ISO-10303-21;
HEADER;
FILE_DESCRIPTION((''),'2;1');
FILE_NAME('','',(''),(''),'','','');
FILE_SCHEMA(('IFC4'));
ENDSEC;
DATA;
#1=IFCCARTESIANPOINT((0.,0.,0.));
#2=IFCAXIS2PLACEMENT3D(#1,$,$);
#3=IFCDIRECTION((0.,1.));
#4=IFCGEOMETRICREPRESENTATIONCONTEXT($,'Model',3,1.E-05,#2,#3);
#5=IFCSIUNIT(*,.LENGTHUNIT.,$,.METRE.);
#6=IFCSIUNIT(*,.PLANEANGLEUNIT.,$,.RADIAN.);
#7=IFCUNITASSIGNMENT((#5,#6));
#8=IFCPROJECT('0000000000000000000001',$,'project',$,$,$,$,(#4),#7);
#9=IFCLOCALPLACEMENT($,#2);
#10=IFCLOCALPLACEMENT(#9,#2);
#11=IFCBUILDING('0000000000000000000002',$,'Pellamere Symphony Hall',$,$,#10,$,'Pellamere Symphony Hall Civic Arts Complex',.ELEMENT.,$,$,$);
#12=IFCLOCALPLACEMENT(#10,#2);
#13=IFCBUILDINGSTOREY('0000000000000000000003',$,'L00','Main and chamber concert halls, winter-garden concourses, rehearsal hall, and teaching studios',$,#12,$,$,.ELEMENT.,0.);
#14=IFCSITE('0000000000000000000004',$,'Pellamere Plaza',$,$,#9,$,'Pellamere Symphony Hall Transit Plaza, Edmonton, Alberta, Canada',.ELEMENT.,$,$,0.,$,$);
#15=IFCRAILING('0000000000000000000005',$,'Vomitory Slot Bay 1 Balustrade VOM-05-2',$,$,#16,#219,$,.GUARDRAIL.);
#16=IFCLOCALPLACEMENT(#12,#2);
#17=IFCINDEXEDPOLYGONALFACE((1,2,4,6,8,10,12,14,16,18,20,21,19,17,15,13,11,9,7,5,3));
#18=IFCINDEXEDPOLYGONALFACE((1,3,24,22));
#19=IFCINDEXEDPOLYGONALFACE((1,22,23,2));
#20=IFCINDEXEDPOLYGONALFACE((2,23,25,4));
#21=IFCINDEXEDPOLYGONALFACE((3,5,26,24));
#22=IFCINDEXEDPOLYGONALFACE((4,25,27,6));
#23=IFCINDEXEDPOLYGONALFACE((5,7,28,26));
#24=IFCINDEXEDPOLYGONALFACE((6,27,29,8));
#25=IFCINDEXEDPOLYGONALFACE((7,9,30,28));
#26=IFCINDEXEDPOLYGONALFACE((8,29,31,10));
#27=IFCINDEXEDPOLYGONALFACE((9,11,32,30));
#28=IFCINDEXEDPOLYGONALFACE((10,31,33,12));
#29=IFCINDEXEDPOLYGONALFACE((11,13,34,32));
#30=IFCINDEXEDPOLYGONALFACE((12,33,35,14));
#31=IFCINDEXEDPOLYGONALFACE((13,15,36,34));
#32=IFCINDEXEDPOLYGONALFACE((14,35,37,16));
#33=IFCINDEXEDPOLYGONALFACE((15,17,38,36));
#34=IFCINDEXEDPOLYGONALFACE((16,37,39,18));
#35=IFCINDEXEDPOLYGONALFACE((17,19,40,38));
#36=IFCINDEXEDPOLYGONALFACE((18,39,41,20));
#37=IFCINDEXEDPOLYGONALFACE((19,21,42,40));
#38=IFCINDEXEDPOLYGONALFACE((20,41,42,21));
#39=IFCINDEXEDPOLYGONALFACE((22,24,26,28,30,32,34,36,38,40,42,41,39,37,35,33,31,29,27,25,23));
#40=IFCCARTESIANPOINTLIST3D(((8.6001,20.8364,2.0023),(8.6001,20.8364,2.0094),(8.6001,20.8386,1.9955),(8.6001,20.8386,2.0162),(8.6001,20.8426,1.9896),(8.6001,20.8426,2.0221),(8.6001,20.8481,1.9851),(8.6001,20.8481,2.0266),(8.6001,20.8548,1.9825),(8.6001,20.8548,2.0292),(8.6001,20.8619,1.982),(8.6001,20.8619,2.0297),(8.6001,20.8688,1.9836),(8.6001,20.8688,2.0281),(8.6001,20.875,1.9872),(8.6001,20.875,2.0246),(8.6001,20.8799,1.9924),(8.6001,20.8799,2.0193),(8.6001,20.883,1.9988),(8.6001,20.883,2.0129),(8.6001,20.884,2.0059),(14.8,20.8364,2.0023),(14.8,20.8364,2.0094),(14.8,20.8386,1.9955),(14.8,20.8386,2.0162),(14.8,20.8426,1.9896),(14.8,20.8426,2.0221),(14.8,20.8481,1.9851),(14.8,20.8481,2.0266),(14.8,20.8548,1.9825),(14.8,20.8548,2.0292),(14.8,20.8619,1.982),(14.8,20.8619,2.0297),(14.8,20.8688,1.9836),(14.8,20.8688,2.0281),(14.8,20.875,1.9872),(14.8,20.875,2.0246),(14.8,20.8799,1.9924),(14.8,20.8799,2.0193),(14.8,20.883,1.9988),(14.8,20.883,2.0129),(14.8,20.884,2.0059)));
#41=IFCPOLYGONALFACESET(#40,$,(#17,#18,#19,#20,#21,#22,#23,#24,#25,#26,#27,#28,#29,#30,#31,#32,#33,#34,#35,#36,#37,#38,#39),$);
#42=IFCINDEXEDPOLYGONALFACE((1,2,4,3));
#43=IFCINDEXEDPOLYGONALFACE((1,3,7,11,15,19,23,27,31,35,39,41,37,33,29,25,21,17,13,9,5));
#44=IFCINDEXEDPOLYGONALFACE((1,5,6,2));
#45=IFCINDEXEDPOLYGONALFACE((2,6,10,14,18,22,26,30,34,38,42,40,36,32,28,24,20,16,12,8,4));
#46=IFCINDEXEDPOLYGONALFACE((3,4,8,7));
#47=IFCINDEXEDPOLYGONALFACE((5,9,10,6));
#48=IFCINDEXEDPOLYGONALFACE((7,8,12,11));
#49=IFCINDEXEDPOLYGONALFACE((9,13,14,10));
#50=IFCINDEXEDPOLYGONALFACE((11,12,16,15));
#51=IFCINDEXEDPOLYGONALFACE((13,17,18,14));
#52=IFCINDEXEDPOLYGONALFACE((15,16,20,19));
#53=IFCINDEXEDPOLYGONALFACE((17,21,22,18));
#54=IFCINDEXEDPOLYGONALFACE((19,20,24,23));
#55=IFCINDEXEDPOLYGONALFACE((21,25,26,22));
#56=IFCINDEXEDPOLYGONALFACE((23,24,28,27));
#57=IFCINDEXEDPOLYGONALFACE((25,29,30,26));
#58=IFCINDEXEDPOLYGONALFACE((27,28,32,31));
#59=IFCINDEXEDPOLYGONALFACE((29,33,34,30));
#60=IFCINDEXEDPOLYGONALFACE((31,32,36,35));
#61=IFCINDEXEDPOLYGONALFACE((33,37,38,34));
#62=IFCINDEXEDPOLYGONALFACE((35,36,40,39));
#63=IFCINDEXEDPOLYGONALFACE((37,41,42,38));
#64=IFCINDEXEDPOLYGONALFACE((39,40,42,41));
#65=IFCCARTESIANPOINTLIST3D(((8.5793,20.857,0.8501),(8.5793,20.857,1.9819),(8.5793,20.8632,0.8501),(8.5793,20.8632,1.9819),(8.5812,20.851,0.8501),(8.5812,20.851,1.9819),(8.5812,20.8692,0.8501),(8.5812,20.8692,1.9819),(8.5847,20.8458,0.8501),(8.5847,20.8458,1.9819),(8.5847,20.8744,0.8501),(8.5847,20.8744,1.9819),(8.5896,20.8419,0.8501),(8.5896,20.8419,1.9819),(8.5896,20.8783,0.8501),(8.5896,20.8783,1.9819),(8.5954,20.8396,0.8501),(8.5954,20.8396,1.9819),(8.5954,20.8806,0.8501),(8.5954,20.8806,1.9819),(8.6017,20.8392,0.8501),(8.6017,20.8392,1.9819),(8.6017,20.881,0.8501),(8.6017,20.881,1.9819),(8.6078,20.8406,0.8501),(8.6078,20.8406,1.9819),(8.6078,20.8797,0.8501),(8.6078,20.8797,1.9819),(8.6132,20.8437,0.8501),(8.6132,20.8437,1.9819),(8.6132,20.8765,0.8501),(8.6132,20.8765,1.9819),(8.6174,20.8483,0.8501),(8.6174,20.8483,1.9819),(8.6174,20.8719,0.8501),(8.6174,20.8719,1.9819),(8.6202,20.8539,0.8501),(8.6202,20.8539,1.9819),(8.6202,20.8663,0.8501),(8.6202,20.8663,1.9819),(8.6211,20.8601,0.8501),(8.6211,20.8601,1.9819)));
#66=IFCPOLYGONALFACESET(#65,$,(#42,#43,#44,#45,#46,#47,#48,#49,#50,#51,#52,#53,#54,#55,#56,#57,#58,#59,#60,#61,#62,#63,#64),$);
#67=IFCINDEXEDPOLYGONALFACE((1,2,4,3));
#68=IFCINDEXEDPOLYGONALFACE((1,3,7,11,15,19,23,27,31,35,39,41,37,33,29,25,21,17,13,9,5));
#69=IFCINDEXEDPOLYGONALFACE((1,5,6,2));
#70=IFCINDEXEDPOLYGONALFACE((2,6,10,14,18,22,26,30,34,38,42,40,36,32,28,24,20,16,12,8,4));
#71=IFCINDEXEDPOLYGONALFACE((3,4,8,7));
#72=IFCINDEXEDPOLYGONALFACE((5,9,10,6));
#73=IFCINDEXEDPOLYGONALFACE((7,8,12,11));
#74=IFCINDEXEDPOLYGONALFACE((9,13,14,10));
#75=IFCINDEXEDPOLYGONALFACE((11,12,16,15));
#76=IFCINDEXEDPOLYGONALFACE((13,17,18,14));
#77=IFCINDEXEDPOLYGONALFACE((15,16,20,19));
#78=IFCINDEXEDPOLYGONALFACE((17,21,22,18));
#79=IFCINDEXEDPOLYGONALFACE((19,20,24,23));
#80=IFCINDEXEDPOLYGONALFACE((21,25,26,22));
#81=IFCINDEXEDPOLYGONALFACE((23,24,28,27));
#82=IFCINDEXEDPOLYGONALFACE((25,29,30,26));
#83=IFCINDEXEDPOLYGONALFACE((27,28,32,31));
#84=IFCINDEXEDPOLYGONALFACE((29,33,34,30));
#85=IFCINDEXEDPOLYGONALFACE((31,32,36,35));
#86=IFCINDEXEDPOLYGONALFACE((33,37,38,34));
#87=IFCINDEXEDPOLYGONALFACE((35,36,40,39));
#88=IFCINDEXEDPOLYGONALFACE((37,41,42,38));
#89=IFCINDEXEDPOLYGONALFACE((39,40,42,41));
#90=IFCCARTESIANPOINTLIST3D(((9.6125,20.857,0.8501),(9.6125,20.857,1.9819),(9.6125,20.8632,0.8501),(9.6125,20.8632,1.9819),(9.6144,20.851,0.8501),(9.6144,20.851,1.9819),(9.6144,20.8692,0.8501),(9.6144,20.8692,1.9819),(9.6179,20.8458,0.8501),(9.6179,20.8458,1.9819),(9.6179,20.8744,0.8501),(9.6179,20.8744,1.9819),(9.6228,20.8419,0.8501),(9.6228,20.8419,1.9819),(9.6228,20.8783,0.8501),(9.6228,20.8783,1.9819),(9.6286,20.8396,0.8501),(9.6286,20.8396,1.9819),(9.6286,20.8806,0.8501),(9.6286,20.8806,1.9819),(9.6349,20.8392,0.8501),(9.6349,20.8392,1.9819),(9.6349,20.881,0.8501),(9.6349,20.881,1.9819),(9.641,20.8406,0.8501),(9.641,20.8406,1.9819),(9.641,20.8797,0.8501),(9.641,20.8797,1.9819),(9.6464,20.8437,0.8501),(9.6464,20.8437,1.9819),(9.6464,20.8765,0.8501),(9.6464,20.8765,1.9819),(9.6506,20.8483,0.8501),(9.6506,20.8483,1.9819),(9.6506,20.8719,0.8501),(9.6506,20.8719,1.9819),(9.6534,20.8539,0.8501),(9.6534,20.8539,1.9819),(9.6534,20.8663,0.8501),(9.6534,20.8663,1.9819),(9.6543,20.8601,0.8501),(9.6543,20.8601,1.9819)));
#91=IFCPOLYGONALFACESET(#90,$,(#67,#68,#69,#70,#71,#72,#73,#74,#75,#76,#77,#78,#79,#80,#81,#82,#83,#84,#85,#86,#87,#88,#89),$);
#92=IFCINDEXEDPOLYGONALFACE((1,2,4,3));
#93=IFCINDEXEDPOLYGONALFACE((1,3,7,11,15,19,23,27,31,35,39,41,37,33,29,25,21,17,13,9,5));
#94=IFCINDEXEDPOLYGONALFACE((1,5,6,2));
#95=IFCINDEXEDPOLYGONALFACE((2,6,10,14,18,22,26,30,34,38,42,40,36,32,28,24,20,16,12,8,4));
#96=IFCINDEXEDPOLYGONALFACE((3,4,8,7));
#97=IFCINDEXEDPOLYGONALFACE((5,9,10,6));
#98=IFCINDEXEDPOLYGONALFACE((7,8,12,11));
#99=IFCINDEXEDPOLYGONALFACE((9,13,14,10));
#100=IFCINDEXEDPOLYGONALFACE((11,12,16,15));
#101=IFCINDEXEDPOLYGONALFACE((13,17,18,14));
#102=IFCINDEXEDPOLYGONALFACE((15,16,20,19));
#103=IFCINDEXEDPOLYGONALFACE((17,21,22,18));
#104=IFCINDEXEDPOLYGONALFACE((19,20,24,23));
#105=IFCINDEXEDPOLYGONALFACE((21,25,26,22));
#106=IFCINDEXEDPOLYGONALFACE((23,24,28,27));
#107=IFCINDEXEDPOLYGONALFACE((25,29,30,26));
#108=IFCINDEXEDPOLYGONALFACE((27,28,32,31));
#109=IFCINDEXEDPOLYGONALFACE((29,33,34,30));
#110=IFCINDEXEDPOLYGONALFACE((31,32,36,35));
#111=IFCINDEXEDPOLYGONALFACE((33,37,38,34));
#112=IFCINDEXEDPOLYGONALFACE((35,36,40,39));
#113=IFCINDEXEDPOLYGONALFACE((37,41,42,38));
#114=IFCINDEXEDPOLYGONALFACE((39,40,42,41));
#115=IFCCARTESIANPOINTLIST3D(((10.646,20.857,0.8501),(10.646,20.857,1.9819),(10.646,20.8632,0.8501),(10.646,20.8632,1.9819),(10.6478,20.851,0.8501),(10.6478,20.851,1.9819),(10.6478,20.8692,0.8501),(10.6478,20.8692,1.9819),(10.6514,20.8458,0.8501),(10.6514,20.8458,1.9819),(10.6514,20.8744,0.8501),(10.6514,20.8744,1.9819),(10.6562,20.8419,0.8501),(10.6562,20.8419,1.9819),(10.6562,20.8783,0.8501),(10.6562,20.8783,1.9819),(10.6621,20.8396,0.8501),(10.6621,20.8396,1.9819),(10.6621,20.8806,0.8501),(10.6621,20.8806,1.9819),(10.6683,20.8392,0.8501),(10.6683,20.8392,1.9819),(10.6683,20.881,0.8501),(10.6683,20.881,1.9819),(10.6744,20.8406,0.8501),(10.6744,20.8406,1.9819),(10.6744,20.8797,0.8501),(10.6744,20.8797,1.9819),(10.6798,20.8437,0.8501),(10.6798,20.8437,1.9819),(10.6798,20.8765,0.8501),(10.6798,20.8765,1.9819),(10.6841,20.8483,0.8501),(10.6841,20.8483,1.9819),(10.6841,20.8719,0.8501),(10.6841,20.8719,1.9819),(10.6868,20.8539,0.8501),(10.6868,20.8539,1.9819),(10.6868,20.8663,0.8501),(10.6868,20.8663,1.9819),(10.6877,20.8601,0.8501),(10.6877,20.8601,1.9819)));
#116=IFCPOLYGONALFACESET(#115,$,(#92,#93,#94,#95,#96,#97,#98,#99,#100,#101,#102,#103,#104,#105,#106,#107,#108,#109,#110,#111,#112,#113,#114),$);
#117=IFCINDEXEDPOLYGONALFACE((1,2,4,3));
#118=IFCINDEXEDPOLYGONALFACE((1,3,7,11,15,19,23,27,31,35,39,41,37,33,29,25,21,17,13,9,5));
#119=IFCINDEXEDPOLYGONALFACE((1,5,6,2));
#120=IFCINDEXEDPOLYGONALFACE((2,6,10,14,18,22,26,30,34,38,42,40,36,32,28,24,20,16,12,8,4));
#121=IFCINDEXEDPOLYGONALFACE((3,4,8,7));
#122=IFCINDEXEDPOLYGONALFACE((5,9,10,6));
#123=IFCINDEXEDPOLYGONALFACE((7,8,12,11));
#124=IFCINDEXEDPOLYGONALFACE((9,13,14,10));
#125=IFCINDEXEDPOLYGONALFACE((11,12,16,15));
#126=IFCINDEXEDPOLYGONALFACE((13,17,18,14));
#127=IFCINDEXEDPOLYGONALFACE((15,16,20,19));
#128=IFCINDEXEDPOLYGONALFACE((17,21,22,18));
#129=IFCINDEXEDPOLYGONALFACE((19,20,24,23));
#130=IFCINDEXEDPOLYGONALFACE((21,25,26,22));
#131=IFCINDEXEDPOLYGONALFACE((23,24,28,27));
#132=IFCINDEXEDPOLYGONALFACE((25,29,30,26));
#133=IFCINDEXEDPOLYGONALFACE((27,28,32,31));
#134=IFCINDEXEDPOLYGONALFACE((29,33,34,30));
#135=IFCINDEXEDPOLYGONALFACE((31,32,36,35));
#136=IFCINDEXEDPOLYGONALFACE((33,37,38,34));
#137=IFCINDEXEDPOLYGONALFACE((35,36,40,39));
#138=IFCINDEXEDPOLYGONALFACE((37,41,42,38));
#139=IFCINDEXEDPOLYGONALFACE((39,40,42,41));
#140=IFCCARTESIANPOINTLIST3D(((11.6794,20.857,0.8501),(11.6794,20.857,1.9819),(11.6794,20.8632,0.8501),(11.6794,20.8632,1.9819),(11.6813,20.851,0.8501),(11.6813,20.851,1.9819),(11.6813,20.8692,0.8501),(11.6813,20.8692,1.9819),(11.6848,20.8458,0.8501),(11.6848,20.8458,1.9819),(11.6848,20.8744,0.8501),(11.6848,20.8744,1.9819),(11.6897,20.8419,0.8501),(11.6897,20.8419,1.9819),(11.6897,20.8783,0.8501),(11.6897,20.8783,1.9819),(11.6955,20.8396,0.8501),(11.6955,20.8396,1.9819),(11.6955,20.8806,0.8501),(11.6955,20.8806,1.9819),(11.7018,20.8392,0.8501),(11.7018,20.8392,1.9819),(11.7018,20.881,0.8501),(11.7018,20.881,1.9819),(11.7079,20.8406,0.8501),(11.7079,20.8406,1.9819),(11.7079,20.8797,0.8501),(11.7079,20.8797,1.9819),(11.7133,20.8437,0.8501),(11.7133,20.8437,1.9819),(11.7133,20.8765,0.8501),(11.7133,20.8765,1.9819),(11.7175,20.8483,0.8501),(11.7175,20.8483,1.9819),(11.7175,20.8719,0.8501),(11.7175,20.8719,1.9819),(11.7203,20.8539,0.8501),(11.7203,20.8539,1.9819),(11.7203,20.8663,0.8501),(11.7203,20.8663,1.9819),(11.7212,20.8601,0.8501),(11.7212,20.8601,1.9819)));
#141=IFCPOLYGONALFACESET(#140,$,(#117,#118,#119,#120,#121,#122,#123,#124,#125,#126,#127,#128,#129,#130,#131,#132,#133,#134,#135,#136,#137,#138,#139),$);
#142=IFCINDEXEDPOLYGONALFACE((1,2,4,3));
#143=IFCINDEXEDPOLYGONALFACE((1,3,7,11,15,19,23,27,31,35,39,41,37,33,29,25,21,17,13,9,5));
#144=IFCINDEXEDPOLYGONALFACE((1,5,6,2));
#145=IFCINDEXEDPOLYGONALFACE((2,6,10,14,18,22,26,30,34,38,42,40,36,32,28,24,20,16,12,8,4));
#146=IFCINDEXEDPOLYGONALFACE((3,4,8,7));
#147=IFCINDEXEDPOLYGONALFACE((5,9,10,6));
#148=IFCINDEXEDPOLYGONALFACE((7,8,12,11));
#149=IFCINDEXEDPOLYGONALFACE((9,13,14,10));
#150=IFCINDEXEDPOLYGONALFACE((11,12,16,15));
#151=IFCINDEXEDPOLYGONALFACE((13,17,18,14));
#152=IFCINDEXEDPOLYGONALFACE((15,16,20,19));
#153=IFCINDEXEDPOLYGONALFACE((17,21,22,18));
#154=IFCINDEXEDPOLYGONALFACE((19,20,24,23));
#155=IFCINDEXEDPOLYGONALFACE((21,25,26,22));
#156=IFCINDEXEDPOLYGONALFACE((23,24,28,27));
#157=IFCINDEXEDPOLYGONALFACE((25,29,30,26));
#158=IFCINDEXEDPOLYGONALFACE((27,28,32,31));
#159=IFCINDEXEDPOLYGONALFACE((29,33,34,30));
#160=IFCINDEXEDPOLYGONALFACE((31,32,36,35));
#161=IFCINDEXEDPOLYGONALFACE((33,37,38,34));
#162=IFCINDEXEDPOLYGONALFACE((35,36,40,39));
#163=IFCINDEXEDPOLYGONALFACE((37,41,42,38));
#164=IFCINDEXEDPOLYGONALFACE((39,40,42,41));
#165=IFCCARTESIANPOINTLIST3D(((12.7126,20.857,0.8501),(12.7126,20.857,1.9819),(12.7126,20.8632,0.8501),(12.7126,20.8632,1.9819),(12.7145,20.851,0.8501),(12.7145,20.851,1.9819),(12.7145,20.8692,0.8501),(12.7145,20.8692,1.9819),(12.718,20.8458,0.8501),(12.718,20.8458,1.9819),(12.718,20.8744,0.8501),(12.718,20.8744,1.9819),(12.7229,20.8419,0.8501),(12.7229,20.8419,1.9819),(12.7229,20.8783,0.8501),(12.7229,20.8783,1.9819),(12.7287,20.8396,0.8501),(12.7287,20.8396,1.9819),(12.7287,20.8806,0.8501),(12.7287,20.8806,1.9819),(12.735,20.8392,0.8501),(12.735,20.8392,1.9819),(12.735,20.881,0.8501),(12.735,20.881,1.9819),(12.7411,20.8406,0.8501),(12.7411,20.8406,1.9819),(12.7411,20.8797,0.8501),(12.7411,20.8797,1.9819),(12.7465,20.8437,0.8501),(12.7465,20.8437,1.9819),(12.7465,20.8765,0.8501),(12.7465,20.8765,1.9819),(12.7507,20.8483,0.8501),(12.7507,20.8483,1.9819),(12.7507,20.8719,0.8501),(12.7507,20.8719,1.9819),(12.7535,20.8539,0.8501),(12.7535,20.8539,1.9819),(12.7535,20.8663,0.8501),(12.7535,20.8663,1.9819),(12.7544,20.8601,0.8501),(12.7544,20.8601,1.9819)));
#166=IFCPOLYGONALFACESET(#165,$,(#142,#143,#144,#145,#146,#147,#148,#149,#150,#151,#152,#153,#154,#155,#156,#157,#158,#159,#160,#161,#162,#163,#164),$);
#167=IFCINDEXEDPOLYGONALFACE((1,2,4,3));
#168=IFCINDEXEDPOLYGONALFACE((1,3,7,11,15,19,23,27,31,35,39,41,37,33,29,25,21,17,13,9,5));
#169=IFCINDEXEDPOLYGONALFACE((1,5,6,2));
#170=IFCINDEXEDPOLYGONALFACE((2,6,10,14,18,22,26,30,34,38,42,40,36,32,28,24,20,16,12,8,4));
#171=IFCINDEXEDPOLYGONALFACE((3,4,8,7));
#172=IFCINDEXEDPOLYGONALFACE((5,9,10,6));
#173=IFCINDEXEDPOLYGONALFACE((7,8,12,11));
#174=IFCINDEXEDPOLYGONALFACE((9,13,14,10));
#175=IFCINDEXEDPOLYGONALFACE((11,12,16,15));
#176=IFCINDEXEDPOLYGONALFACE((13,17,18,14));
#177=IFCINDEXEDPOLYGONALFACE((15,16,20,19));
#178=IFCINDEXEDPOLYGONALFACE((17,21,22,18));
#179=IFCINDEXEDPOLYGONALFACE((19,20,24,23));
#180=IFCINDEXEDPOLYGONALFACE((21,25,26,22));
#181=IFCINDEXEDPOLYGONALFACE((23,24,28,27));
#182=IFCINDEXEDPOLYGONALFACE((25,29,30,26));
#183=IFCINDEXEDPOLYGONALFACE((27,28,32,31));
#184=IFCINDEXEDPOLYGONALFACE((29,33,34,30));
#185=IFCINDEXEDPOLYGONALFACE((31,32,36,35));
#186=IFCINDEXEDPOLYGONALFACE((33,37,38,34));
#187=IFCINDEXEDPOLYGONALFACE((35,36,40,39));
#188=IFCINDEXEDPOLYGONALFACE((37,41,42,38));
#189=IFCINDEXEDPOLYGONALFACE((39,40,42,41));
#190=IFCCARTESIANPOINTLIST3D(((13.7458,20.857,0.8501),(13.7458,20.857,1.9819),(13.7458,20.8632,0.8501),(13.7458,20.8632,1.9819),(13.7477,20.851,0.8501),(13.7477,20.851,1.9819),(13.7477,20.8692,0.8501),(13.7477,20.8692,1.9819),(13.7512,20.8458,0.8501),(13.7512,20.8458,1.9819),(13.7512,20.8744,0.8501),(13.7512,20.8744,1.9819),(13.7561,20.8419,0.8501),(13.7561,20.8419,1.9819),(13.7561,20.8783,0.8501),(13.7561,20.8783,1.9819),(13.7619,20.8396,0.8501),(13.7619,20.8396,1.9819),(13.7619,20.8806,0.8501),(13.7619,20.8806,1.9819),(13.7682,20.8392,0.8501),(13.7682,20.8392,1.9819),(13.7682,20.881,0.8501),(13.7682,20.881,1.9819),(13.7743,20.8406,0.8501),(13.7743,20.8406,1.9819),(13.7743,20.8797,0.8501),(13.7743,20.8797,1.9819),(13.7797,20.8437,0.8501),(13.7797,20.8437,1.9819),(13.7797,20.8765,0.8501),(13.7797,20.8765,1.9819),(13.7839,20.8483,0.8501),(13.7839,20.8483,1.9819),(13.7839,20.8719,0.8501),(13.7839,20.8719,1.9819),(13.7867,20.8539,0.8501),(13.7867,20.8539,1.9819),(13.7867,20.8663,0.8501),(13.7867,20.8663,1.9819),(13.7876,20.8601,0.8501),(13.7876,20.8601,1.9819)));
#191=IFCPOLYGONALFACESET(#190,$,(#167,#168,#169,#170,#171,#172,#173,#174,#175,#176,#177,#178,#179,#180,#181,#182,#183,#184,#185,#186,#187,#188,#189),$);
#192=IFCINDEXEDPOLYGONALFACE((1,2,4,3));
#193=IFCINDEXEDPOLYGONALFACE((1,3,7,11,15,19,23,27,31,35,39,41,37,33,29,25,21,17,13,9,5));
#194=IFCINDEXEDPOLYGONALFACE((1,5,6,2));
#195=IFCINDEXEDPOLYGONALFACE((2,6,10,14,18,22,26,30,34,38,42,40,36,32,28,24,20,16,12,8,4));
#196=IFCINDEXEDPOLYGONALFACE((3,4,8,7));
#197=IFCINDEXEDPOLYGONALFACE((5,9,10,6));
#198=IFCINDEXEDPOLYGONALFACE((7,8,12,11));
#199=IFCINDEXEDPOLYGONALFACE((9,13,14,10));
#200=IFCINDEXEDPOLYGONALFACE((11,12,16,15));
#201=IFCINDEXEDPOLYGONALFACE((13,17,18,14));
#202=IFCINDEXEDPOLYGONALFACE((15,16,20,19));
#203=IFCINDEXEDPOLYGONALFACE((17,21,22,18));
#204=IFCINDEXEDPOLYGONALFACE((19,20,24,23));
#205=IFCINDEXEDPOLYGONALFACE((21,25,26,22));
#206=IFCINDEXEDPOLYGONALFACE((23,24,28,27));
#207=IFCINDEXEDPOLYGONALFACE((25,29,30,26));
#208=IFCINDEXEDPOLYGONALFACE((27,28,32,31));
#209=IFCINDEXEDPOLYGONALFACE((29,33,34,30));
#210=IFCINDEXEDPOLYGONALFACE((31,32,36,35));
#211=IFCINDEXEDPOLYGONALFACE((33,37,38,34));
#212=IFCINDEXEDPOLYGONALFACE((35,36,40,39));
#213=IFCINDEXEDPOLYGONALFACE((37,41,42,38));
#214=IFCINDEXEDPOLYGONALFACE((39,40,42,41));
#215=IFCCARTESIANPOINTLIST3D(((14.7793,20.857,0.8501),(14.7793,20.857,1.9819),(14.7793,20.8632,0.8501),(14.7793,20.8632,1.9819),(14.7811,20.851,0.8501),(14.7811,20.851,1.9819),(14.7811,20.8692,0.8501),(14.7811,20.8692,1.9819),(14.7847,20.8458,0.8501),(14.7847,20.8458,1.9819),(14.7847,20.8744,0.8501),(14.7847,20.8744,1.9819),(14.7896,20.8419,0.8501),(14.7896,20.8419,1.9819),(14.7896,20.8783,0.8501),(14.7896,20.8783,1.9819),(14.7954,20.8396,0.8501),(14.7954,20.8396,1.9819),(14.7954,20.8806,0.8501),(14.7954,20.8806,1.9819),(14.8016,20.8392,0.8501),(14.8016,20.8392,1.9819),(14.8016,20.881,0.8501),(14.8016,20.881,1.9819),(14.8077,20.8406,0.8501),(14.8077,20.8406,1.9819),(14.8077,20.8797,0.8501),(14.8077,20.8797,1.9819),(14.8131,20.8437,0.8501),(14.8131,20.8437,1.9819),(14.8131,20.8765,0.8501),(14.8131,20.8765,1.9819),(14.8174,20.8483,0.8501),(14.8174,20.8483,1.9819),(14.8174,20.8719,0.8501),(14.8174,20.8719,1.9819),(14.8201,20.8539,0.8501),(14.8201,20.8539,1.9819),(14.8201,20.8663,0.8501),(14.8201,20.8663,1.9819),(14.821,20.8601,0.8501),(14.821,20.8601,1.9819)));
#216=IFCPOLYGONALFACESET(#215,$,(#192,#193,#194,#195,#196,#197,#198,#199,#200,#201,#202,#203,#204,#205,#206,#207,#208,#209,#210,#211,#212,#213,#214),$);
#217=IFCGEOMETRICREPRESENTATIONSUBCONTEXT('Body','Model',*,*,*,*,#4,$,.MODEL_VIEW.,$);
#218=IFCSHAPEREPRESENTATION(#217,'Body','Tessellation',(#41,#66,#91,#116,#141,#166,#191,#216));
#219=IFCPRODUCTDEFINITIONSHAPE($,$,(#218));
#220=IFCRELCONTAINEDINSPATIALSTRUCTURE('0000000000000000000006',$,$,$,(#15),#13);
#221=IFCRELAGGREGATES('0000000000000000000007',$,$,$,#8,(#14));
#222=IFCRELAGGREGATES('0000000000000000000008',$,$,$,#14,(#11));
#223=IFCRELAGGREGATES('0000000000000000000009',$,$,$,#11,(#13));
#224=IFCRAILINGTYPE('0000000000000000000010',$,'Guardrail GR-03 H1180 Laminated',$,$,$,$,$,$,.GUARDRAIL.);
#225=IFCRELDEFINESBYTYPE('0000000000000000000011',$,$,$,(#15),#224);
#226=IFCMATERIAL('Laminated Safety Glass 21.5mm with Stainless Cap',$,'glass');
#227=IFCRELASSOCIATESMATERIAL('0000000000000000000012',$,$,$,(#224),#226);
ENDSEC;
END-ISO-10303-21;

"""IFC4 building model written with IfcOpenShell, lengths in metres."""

from ifc_helpers import new_model, si_unit, direction, frame, origin, origin_2d, place, context, subcontext, project, spatial, circle, extrude, material, type_object, element, save


model = new_model("IFC4")

# Units and contexts
model_context = context("Model", 3, precision=1e-05, world=origin(), true_north=direction((0.0, 1.0)))
body_context = subcontext(model_context, "Body", "Model", "MODEL_VIEW")
ifc_project = project(units=[si_unit("LENGTHUNIT", "METRE"), si_unit("PLANEANGLEUNIT", "RADIAN")], contexts=[model_context])

# Site, building, storey
site_placement = place(None, origin())
site = spatial("IfcSite", under=ifc_project, at=site_placement, Name="Pellamere Plaza", LongName="Pellamere Symphony Hall Transit Plaza, Edmonton, Alberta, Canada", CompositionType="ELEMENT", RefElevation=0.0)
building_placement = place(site_placement, origin())
building = spatial("IfcBuilding", under=site, at=building_placement, Name="Pellamere Symphony Hall", LongName="Pellamere Symphony Hall Civic Arts Complex", CompositionType="ELEMENT")
storey_placement = place(building_placement, origin())
storey = spatial("IfcBuildingStorey", under=building, at=storey_placement, Name="L00", Description="Main and chamber concert halls, winter-garden concourses, rehearsal hall, and teaching studios", CompositionType="ELEMENT", Elevation=0.0)

# Railing
ifc_material_1 = material(Name="Laminated Safety Glass 21.5mm with Stainless Cap", Category="glass")
railing_type_1 = type_object("IfcRailingType", Name="Guardrail GR-03 H1180 Laminated", PredefinedType="GUARDRAIL", material=ifc_material_1)
railing_1_placement = place(storey_placement, frame((8.6001, 20.8601, 0.8501)))
element("IfcRailing", 1, at=railing_1_placement, inside=storey, type_object=railing_type_1, Name="Vomitory Slot Bay 1 Balustrade VOM-05-2", PredefinedType="GUARDRAIL", context=body_context, shape_type="SweptSolid", body=[
    extrude(circle(Radius=0.0239, at=origin_2d()), frame((0.0, 0.0, 1.1558), z_axis=(1.0, 0.0, 0.0), x_axis=(0.0, 1.0, 0.0)), (0.0, 0.0, 1.0), 6.2),
    extrude(circle(Radius=0.021, at=origin_2d()), origin(), (0.0, 0.0, 1.0), 1.1318),
    extrude(circle(Radius=0.021, at=origin_2d()), frame((1.0332, 0.0, 0.0)), (0.0, 0.0, 1.0), 1.1318),
    extrude(circle(Radius=0.021, at=origin_2d()), frame((2.0667, 0.0, 0.0)), (0.0, 0.0, 1.0), 1.1318),
    extrude(circle(Radius=0.021, at=origin_2d()), frame((3.1001, 0.0, 0.0)), (0.0, 0.0, 1.0), 1.1318),
    extrude(circle(Radius=0.021, at=origin_2d()), frame((4.1333, 0.0, 0.0)), (0.0, 0.0, 1.0), 1.1318),
    extrude(circle(Radius=0.021, at=origin_2d()), frame((5.1665, 0.0, 0.0)), (0.0, 0.0, 1.0), 1.1318),
    extrude(circle(Radius=0.021, at=origin_2d()), frame((6.2, 0.0, 0.0)), (0.0, 0.0, 1.0), 1.1318),
])

save(model, "model.ifc")
